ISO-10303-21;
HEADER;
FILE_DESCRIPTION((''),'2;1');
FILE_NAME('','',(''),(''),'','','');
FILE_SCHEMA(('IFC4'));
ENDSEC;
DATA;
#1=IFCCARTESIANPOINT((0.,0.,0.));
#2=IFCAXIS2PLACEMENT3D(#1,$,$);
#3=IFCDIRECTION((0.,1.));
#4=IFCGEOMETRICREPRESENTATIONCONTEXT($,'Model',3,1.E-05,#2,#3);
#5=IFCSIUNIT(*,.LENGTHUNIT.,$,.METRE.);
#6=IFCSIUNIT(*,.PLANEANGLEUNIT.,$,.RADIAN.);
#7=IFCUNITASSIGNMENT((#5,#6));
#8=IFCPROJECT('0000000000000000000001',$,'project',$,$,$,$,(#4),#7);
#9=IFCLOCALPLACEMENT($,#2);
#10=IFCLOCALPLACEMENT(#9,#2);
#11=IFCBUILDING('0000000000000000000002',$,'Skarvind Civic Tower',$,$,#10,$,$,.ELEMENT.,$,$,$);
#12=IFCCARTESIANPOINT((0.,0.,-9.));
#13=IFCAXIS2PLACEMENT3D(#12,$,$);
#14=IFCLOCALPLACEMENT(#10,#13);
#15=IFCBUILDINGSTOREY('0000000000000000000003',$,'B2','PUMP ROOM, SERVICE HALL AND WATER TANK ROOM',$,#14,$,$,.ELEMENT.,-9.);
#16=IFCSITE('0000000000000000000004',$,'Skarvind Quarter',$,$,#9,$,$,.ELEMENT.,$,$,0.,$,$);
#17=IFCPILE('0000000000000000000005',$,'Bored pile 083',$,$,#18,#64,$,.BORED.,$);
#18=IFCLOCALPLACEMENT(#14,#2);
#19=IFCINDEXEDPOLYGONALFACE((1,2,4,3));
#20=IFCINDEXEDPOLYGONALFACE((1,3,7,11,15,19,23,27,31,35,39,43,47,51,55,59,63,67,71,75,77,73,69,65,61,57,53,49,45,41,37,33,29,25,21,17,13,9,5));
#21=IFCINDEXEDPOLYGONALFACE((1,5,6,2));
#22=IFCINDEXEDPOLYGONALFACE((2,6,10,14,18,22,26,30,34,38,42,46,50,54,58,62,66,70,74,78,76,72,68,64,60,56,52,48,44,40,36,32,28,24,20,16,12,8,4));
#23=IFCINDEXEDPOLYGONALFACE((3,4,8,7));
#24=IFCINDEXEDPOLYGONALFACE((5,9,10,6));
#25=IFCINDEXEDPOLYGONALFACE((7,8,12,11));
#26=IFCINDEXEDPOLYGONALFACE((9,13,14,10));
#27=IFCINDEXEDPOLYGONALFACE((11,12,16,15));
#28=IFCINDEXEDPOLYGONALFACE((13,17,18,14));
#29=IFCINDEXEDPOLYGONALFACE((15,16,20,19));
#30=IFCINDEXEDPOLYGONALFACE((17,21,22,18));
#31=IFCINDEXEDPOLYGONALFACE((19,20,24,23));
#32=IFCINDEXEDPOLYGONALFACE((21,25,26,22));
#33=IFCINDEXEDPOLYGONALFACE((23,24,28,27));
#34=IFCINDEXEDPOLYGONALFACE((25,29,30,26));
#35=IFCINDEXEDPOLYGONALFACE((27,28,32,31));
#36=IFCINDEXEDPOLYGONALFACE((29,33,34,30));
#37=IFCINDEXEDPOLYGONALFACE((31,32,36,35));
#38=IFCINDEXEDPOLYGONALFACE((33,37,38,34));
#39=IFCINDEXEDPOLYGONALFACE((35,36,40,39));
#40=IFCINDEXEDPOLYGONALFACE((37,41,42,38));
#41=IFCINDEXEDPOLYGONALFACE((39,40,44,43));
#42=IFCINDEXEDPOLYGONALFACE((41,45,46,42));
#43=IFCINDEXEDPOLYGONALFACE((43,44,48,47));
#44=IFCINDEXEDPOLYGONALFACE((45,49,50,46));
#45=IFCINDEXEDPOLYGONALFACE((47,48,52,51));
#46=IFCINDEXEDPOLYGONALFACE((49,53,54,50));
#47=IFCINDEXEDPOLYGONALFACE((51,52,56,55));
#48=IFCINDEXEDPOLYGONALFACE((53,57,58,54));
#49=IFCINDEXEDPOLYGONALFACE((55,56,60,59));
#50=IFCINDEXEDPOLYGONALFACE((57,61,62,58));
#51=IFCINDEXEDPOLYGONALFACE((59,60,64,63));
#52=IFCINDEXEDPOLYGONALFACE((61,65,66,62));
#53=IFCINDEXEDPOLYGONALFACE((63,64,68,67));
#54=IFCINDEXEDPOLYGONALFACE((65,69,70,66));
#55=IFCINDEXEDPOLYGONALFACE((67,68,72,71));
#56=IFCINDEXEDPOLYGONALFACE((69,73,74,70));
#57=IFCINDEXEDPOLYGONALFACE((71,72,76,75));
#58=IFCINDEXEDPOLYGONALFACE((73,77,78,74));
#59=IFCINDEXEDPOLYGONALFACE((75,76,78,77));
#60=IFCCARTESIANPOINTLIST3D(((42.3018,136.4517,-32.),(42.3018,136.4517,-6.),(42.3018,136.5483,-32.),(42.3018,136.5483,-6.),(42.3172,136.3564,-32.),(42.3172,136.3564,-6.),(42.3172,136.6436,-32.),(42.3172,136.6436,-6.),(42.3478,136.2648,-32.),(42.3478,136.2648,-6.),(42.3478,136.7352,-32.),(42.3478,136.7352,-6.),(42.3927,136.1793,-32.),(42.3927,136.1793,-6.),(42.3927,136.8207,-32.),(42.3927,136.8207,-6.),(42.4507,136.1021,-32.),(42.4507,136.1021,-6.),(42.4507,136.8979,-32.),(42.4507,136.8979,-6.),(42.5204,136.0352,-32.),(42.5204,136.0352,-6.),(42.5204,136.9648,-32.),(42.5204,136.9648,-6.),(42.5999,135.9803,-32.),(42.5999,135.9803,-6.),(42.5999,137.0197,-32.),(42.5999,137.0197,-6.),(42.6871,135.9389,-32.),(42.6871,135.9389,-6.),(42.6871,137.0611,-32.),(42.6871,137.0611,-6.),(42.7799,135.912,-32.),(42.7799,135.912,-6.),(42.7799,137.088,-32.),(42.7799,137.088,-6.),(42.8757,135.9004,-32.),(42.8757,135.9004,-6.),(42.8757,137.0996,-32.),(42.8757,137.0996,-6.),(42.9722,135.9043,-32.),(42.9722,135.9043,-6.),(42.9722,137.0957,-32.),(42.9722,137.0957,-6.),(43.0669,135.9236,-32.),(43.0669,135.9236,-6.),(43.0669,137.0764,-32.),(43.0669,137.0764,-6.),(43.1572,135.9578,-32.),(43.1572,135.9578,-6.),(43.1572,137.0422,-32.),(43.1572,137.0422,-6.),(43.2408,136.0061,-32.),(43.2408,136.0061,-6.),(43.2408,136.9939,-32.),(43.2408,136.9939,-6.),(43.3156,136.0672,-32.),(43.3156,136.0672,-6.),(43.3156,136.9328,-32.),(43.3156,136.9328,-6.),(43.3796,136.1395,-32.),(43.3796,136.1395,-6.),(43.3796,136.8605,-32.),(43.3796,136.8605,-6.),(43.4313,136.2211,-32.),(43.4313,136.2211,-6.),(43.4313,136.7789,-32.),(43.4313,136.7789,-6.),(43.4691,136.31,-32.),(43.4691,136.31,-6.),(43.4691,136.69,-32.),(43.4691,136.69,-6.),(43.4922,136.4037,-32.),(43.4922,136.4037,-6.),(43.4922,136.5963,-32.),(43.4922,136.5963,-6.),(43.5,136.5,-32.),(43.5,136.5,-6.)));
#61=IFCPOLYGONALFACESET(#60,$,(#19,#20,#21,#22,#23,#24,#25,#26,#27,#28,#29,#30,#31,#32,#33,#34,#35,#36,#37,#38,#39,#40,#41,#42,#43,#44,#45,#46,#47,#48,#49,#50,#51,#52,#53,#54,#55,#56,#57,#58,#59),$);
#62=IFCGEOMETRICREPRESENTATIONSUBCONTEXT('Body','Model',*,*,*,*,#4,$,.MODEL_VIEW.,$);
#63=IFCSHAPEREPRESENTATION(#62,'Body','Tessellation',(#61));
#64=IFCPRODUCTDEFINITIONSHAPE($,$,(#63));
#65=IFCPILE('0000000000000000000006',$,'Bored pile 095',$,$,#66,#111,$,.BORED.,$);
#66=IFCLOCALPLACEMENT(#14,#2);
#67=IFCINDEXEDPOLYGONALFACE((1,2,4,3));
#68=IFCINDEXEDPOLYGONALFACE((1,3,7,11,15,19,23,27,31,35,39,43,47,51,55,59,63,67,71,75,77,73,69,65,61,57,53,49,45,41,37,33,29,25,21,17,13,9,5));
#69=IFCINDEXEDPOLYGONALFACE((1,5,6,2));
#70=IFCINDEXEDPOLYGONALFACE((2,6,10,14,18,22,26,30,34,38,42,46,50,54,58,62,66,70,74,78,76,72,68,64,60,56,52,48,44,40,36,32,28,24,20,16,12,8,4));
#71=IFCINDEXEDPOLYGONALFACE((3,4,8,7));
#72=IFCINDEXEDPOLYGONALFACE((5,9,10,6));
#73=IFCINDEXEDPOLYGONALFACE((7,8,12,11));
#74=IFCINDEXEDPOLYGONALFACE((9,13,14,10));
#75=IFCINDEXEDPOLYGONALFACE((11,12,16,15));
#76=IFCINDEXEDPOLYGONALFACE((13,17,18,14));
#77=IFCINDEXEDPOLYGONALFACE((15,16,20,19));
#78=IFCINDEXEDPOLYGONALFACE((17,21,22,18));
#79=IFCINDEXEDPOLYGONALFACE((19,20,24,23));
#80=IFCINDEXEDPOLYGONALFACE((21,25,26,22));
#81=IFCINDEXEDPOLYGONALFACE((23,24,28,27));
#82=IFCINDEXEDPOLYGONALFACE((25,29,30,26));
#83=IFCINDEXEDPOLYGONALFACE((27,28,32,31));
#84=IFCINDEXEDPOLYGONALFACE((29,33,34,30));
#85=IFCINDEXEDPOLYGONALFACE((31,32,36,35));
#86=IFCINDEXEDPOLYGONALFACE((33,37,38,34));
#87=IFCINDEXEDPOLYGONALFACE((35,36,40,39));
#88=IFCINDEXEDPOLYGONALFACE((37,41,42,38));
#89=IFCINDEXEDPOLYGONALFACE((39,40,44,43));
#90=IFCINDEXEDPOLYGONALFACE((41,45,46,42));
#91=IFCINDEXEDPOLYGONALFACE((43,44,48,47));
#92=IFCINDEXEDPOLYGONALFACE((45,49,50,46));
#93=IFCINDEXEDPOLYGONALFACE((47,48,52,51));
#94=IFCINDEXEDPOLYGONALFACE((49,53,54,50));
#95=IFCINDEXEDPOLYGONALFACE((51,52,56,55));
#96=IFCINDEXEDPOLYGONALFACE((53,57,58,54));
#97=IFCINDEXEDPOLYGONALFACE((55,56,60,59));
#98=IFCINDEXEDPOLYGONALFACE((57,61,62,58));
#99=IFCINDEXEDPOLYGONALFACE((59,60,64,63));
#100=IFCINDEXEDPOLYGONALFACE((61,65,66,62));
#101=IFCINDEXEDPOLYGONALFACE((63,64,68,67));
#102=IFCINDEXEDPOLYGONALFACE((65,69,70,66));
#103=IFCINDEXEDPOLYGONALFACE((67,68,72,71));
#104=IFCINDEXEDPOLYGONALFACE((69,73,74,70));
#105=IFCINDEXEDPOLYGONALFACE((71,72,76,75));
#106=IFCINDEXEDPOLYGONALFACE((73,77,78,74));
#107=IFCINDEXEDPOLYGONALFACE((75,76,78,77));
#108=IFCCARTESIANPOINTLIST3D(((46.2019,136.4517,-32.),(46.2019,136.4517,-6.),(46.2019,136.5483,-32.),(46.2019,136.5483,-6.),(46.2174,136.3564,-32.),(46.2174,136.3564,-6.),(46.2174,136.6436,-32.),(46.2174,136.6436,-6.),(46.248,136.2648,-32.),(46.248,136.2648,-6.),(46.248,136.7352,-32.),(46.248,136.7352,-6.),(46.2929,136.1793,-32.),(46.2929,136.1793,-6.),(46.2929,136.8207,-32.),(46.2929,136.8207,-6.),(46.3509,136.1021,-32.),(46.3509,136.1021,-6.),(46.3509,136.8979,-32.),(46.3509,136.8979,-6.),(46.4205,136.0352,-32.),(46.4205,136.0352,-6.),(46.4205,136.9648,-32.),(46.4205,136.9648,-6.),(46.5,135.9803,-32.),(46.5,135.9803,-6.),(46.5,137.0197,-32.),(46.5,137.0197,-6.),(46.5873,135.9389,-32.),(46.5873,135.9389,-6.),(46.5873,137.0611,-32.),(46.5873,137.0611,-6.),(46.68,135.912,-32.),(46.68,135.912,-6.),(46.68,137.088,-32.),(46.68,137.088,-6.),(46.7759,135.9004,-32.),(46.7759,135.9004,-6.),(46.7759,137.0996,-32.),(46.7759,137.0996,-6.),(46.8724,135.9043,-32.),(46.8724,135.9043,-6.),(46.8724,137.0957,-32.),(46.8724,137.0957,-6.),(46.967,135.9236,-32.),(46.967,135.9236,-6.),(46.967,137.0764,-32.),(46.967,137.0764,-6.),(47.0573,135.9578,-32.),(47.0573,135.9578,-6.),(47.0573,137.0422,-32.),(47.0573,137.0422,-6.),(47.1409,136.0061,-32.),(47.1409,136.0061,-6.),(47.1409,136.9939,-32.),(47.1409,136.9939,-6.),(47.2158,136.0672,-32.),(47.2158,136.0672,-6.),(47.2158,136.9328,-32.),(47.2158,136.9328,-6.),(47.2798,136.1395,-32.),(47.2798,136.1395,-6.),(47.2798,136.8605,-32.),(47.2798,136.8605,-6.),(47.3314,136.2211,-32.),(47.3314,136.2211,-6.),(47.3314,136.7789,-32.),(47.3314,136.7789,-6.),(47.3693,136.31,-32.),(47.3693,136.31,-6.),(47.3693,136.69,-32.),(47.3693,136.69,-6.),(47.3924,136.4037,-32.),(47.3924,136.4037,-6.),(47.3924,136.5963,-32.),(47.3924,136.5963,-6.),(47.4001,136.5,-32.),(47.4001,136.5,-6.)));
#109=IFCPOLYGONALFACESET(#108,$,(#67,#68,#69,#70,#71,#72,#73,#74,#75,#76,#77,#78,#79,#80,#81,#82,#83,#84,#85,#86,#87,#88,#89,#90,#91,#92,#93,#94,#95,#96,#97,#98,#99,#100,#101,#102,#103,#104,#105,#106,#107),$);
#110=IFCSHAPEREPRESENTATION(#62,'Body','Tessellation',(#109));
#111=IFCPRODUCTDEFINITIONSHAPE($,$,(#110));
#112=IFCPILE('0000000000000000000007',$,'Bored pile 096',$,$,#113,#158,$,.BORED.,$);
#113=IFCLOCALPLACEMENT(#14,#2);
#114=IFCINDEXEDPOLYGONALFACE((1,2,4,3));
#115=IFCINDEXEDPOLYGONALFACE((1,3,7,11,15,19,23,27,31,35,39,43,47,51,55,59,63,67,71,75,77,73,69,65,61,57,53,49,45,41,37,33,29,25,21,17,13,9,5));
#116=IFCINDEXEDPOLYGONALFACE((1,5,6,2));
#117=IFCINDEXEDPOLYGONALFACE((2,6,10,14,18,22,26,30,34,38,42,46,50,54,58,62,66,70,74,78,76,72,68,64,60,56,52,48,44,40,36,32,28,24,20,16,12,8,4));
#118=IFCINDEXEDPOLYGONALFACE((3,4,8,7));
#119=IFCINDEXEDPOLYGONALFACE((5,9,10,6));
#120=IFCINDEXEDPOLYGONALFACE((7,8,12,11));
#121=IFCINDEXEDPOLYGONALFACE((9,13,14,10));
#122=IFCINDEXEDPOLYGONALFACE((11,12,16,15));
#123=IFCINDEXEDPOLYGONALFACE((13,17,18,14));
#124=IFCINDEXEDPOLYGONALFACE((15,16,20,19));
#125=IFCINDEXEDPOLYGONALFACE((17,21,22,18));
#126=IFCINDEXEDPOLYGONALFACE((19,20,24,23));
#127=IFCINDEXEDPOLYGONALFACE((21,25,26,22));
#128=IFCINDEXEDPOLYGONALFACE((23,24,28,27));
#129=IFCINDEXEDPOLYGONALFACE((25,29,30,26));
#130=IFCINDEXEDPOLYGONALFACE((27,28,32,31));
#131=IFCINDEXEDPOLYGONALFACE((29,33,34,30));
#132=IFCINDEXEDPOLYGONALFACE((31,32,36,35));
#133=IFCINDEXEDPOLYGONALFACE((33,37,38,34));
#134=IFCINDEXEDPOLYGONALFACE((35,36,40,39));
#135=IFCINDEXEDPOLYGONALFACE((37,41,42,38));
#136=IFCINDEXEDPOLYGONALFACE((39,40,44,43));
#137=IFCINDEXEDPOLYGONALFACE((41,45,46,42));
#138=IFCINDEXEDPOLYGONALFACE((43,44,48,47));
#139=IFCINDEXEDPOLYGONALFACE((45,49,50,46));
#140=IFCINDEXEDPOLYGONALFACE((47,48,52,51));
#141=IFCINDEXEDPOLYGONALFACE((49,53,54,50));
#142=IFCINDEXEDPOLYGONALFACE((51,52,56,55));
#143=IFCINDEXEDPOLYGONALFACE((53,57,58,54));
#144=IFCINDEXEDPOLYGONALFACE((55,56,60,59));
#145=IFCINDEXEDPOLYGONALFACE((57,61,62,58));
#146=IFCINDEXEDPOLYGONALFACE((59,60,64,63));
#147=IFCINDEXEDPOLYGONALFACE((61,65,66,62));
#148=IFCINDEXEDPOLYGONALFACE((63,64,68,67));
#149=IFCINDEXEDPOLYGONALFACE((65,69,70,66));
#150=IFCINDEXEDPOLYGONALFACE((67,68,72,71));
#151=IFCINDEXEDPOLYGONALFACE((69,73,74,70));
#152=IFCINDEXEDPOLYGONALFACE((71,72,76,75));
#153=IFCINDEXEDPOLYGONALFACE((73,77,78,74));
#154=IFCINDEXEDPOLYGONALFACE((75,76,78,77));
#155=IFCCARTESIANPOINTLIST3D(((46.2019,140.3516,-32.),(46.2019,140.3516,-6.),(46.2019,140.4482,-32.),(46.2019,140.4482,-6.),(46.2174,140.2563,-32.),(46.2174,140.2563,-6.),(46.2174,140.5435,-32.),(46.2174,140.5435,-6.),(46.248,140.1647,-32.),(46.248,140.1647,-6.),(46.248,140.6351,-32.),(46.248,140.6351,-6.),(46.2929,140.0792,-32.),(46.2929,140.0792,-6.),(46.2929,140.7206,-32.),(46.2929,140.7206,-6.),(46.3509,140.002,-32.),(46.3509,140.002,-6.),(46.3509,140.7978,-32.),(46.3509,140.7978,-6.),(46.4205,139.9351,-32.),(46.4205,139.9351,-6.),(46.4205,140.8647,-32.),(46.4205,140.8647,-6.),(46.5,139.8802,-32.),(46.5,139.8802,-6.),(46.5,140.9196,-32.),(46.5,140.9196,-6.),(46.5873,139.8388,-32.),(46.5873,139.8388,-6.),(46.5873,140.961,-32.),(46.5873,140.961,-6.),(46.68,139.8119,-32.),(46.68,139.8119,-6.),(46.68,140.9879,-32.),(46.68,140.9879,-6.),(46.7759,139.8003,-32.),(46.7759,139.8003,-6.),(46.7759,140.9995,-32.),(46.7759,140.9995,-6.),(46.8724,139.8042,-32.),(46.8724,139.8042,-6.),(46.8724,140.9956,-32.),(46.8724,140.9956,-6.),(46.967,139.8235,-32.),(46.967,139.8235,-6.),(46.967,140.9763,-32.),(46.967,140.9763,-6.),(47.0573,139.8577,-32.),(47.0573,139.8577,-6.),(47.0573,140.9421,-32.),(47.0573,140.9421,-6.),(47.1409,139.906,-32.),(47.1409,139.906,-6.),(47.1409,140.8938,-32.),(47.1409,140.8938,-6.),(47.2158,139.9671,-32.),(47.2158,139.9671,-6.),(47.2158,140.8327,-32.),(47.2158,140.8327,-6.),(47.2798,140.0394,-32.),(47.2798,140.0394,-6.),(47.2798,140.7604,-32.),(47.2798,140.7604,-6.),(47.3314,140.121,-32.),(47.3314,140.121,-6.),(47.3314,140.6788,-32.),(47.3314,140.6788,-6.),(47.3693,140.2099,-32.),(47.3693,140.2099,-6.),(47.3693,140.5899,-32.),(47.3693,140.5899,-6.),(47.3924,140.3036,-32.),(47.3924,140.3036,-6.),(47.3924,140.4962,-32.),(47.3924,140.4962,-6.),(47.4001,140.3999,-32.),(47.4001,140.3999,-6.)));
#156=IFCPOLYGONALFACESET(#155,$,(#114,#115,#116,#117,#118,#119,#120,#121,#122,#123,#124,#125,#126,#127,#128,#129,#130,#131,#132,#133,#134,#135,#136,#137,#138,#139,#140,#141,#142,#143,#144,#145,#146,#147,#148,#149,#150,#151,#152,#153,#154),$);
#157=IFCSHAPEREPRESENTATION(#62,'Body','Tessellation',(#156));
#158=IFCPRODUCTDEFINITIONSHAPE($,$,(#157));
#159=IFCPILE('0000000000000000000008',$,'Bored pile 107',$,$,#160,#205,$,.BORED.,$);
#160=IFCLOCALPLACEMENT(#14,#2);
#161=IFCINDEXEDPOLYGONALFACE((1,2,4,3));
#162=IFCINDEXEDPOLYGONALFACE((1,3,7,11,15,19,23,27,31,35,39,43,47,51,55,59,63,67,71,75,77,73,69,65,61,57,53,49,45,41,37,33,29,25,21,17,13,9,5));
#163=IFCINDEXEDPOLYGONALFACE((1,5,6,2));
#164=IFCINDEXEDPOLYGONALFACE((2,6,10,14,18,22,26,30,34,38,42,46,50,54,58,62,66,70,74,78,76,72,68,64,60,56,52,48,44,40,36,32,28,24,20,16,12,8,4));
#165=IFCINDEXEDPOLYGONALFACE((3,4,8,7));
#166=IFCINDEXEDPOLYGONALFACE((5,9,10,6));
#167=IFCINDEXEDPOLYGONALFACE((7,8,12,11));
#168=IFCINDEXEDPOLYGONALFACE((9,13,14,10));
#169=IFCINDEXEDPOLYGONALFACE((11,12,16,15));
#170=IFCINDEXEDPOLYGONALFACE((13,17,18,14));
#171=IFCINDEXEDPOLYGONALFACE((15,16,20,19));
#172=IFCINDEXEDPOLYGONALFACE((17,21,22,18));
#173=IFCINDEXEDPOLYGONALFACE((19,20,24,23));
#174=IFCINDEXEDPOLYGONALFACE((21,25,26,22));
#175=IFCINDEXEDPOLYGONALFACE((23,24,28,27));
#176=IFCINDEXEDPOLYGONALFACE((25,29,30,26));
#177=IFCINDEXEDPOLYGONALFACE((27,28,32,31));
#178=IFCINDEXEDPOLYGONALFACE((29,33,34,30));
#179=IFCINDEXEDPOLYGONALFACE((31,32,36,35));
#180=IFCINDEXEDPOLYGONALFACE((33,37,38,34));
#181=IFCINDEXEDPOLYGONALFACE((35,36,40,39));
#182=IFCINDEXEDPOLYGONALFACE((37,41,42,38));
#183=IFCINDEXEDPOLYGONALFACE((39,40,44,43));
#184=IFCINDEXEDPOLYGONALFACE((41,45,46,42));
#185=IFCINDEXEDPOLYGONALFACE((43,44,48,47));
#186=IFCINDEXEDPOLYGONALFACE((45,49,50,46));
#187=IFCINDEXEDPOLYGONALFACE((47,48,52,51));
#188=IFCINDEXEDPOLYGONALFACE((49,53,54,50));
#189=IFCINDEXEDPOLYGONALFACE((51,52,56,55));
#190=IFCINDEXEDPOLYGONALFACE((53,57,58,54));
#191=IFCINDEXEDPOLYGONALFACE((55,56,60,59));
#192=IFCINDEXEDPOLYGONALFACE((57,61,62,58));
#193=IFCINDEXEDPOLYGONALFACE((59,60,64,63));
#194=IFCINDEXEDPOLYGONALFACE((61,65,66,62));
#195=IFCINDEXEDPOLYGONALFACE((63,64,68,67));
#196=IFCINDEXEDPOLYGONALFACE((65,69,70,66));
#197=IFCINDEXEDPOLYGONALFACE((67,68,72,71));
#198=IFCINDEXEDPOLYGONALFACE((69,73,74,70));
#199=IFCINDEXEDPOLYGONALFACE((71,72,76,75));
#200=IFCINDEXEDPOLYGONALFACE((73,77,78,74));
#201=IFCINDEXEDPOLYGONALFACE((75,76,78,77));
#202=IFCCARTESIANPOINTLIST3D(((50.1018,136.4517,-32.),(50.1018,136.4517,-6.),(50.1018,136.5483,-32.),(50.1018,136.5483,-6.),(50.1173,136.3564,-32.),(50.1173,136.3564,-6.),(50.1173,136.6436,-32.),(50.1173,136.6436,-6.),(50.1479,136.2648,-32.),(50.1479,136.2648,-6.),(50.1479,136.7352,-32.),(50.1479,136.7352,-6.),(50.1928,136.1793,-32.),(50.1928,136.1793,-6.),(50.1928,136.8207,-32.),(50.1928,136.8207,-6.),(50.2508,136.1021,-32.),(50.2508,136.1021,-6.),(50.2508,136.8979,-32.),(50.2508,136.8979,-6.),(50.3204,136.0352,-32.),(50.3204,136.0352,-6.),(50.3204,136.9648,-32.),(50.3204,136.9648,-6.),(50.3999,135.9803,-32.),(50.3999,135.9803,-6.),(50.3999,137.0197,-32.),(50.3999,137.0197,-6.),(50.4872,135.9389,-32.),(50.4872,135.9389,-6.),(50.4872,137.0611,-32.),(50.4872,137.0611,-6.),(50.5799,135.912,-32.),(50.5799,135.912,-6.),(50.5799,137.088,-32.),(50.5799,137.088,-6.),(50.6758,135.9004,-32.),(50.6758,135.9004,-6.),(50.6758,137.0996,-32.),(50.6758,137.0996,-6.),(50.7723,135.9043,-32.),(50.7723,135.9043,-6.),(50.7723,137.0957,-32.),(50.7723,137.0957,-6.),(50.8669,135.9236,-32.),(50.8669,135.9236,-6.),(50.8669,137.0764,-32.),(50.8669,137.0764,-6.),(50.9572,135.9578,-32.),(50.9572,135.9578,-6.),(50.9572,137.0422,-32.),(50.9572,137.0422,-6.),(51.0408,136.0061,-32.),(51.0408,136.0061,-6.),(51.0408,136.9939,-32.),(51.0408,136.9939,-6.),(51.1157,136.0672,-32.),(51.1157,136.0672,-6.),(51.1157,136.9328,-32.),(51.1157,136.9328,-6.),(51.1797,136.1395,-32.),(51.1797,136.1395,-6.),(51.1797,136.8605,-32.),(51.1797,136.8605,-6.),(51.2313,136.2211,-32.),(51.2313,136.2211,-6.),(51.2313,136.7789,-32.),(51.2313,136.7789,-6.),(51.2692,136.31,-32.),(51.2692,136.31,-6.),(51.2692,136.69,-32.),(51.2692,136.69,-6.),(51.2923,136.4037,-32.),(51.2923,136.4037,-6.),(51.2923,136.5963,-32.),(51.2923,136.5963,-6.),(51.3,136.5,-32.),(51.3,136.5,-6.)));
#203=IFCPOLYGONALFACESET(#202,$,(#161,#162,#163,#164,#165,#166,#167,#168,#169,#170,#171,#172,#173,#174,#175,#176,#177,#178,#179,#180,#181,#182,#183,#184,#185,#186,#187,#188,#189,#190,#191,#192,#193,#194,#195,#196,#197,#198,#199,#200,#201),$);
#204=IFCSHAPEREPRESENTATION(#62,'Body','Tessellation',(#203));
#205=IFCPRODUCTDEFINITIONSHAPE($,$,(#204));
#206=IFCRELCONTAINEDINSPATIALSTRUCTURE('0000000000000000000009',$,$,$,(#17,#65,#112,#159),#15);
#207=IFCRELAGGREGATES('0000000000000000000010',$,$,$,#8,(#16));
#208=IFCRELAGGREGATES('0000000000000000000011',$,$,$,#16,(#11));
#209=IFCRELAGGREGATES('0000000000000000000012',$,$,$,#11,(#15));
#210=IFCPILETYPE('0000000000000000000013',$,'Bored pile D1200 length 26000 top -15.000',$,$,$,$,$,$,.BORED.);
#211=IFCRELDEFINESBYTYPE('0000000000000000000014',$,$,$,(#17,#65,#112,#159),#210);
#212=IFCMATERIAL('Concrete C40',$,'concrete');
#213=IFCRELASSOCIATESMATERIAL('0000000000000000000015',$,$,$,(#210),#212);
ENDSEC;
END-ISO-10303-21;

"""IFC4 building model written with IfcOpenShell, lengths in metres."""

from ifc_helpers import new_model, si_unit, direction, frame, origin, origin_2d, place, context, subcontext, project, spatial, circle, extrude, material, type_object, element, save


model = new_model("IFC4")

# Units and contexts
model_context = context("Model", 3, precision=1e-05, world=origin(), true_north=direction((0.0, 1.0)))
body_context = subcontext(model_context, "Body", "Model", "MODEL_VIEW")
ifc_project = project(units=[si_unit("LENGTHUNIT", "METRE"), si_unit("PLANEANGLEUNIT", "RADIAN")], contexts=[model_context])

# Site, building, storey
site_placement = place(None, origin())
site = spatial("IfcSite", under=ifc_project, at=site_placement, Name="Skarvind Quarter", CompositionType="ELEMENT", RefElevation=0.0)
building_placement = place(site_placement, origin())
building = spatial("IfcBuilding", under=site, at=building_placement, Name="Skarvind Civic Tower", CompositionType="ELEMENT")
storey_placement = place(building_placement, frame((0.0, 0.0, -9.0)))
storey = spatial("IfcBuildingStorey", under=building, at=storey_placement, Name="B2", Description="PUMP ROOM, SERVICE HALL AND WATER TANK ROOM", CompositionType="ELEMENT", Elevation=-9.0)

# Piles
ifc_material_1 = material(Name="Concrete C40", Category="concrete")
pile_type_1 = type_object("IfcPileType", Name="Bored pile D1200 length 26000 top -15.000", PredefinedType="BORED", material=ifc_material_1)
for number, where, z_axis, x_axis, name in (
    (1, (42.8999, 136.5, -6.0), (0.0, 0.0, -1.0), (1.0, 0.0, 0.0), "Bored pile 083"),
    (2, (46.8, 136.5, -6.0), (0.0, 0.0, -1.0), (1.0, 0.0, 0.0), "Bored pile 095"),
    (3, (46.8, 140.3999, -6.0), (0.0, 0.0, -1.0), (1.0, 0.0, 0.0), "Bored pile 096"),
    (4, (50.7, 136.5, -6.0), (0.0, 0.0, -1.0), (1.0, 0.0, 0.0), "Bored pile 107"),
):
    element("IfcPile", number, at=place(storey_placement, frame(where, z_axis=z_axis, x_axis=x_axis)), inside=storey, type_object=pile_type_1, Name=name, PredefinedType="BORED", context=body_context, shape_type="SweptSolid", body=[
        extrude(circle(Radius=0.6001, at=origin_2d()), origin(), (0.0, 0.0, 1.0), 26.0),
    ])

save(model, "model.ifc")
